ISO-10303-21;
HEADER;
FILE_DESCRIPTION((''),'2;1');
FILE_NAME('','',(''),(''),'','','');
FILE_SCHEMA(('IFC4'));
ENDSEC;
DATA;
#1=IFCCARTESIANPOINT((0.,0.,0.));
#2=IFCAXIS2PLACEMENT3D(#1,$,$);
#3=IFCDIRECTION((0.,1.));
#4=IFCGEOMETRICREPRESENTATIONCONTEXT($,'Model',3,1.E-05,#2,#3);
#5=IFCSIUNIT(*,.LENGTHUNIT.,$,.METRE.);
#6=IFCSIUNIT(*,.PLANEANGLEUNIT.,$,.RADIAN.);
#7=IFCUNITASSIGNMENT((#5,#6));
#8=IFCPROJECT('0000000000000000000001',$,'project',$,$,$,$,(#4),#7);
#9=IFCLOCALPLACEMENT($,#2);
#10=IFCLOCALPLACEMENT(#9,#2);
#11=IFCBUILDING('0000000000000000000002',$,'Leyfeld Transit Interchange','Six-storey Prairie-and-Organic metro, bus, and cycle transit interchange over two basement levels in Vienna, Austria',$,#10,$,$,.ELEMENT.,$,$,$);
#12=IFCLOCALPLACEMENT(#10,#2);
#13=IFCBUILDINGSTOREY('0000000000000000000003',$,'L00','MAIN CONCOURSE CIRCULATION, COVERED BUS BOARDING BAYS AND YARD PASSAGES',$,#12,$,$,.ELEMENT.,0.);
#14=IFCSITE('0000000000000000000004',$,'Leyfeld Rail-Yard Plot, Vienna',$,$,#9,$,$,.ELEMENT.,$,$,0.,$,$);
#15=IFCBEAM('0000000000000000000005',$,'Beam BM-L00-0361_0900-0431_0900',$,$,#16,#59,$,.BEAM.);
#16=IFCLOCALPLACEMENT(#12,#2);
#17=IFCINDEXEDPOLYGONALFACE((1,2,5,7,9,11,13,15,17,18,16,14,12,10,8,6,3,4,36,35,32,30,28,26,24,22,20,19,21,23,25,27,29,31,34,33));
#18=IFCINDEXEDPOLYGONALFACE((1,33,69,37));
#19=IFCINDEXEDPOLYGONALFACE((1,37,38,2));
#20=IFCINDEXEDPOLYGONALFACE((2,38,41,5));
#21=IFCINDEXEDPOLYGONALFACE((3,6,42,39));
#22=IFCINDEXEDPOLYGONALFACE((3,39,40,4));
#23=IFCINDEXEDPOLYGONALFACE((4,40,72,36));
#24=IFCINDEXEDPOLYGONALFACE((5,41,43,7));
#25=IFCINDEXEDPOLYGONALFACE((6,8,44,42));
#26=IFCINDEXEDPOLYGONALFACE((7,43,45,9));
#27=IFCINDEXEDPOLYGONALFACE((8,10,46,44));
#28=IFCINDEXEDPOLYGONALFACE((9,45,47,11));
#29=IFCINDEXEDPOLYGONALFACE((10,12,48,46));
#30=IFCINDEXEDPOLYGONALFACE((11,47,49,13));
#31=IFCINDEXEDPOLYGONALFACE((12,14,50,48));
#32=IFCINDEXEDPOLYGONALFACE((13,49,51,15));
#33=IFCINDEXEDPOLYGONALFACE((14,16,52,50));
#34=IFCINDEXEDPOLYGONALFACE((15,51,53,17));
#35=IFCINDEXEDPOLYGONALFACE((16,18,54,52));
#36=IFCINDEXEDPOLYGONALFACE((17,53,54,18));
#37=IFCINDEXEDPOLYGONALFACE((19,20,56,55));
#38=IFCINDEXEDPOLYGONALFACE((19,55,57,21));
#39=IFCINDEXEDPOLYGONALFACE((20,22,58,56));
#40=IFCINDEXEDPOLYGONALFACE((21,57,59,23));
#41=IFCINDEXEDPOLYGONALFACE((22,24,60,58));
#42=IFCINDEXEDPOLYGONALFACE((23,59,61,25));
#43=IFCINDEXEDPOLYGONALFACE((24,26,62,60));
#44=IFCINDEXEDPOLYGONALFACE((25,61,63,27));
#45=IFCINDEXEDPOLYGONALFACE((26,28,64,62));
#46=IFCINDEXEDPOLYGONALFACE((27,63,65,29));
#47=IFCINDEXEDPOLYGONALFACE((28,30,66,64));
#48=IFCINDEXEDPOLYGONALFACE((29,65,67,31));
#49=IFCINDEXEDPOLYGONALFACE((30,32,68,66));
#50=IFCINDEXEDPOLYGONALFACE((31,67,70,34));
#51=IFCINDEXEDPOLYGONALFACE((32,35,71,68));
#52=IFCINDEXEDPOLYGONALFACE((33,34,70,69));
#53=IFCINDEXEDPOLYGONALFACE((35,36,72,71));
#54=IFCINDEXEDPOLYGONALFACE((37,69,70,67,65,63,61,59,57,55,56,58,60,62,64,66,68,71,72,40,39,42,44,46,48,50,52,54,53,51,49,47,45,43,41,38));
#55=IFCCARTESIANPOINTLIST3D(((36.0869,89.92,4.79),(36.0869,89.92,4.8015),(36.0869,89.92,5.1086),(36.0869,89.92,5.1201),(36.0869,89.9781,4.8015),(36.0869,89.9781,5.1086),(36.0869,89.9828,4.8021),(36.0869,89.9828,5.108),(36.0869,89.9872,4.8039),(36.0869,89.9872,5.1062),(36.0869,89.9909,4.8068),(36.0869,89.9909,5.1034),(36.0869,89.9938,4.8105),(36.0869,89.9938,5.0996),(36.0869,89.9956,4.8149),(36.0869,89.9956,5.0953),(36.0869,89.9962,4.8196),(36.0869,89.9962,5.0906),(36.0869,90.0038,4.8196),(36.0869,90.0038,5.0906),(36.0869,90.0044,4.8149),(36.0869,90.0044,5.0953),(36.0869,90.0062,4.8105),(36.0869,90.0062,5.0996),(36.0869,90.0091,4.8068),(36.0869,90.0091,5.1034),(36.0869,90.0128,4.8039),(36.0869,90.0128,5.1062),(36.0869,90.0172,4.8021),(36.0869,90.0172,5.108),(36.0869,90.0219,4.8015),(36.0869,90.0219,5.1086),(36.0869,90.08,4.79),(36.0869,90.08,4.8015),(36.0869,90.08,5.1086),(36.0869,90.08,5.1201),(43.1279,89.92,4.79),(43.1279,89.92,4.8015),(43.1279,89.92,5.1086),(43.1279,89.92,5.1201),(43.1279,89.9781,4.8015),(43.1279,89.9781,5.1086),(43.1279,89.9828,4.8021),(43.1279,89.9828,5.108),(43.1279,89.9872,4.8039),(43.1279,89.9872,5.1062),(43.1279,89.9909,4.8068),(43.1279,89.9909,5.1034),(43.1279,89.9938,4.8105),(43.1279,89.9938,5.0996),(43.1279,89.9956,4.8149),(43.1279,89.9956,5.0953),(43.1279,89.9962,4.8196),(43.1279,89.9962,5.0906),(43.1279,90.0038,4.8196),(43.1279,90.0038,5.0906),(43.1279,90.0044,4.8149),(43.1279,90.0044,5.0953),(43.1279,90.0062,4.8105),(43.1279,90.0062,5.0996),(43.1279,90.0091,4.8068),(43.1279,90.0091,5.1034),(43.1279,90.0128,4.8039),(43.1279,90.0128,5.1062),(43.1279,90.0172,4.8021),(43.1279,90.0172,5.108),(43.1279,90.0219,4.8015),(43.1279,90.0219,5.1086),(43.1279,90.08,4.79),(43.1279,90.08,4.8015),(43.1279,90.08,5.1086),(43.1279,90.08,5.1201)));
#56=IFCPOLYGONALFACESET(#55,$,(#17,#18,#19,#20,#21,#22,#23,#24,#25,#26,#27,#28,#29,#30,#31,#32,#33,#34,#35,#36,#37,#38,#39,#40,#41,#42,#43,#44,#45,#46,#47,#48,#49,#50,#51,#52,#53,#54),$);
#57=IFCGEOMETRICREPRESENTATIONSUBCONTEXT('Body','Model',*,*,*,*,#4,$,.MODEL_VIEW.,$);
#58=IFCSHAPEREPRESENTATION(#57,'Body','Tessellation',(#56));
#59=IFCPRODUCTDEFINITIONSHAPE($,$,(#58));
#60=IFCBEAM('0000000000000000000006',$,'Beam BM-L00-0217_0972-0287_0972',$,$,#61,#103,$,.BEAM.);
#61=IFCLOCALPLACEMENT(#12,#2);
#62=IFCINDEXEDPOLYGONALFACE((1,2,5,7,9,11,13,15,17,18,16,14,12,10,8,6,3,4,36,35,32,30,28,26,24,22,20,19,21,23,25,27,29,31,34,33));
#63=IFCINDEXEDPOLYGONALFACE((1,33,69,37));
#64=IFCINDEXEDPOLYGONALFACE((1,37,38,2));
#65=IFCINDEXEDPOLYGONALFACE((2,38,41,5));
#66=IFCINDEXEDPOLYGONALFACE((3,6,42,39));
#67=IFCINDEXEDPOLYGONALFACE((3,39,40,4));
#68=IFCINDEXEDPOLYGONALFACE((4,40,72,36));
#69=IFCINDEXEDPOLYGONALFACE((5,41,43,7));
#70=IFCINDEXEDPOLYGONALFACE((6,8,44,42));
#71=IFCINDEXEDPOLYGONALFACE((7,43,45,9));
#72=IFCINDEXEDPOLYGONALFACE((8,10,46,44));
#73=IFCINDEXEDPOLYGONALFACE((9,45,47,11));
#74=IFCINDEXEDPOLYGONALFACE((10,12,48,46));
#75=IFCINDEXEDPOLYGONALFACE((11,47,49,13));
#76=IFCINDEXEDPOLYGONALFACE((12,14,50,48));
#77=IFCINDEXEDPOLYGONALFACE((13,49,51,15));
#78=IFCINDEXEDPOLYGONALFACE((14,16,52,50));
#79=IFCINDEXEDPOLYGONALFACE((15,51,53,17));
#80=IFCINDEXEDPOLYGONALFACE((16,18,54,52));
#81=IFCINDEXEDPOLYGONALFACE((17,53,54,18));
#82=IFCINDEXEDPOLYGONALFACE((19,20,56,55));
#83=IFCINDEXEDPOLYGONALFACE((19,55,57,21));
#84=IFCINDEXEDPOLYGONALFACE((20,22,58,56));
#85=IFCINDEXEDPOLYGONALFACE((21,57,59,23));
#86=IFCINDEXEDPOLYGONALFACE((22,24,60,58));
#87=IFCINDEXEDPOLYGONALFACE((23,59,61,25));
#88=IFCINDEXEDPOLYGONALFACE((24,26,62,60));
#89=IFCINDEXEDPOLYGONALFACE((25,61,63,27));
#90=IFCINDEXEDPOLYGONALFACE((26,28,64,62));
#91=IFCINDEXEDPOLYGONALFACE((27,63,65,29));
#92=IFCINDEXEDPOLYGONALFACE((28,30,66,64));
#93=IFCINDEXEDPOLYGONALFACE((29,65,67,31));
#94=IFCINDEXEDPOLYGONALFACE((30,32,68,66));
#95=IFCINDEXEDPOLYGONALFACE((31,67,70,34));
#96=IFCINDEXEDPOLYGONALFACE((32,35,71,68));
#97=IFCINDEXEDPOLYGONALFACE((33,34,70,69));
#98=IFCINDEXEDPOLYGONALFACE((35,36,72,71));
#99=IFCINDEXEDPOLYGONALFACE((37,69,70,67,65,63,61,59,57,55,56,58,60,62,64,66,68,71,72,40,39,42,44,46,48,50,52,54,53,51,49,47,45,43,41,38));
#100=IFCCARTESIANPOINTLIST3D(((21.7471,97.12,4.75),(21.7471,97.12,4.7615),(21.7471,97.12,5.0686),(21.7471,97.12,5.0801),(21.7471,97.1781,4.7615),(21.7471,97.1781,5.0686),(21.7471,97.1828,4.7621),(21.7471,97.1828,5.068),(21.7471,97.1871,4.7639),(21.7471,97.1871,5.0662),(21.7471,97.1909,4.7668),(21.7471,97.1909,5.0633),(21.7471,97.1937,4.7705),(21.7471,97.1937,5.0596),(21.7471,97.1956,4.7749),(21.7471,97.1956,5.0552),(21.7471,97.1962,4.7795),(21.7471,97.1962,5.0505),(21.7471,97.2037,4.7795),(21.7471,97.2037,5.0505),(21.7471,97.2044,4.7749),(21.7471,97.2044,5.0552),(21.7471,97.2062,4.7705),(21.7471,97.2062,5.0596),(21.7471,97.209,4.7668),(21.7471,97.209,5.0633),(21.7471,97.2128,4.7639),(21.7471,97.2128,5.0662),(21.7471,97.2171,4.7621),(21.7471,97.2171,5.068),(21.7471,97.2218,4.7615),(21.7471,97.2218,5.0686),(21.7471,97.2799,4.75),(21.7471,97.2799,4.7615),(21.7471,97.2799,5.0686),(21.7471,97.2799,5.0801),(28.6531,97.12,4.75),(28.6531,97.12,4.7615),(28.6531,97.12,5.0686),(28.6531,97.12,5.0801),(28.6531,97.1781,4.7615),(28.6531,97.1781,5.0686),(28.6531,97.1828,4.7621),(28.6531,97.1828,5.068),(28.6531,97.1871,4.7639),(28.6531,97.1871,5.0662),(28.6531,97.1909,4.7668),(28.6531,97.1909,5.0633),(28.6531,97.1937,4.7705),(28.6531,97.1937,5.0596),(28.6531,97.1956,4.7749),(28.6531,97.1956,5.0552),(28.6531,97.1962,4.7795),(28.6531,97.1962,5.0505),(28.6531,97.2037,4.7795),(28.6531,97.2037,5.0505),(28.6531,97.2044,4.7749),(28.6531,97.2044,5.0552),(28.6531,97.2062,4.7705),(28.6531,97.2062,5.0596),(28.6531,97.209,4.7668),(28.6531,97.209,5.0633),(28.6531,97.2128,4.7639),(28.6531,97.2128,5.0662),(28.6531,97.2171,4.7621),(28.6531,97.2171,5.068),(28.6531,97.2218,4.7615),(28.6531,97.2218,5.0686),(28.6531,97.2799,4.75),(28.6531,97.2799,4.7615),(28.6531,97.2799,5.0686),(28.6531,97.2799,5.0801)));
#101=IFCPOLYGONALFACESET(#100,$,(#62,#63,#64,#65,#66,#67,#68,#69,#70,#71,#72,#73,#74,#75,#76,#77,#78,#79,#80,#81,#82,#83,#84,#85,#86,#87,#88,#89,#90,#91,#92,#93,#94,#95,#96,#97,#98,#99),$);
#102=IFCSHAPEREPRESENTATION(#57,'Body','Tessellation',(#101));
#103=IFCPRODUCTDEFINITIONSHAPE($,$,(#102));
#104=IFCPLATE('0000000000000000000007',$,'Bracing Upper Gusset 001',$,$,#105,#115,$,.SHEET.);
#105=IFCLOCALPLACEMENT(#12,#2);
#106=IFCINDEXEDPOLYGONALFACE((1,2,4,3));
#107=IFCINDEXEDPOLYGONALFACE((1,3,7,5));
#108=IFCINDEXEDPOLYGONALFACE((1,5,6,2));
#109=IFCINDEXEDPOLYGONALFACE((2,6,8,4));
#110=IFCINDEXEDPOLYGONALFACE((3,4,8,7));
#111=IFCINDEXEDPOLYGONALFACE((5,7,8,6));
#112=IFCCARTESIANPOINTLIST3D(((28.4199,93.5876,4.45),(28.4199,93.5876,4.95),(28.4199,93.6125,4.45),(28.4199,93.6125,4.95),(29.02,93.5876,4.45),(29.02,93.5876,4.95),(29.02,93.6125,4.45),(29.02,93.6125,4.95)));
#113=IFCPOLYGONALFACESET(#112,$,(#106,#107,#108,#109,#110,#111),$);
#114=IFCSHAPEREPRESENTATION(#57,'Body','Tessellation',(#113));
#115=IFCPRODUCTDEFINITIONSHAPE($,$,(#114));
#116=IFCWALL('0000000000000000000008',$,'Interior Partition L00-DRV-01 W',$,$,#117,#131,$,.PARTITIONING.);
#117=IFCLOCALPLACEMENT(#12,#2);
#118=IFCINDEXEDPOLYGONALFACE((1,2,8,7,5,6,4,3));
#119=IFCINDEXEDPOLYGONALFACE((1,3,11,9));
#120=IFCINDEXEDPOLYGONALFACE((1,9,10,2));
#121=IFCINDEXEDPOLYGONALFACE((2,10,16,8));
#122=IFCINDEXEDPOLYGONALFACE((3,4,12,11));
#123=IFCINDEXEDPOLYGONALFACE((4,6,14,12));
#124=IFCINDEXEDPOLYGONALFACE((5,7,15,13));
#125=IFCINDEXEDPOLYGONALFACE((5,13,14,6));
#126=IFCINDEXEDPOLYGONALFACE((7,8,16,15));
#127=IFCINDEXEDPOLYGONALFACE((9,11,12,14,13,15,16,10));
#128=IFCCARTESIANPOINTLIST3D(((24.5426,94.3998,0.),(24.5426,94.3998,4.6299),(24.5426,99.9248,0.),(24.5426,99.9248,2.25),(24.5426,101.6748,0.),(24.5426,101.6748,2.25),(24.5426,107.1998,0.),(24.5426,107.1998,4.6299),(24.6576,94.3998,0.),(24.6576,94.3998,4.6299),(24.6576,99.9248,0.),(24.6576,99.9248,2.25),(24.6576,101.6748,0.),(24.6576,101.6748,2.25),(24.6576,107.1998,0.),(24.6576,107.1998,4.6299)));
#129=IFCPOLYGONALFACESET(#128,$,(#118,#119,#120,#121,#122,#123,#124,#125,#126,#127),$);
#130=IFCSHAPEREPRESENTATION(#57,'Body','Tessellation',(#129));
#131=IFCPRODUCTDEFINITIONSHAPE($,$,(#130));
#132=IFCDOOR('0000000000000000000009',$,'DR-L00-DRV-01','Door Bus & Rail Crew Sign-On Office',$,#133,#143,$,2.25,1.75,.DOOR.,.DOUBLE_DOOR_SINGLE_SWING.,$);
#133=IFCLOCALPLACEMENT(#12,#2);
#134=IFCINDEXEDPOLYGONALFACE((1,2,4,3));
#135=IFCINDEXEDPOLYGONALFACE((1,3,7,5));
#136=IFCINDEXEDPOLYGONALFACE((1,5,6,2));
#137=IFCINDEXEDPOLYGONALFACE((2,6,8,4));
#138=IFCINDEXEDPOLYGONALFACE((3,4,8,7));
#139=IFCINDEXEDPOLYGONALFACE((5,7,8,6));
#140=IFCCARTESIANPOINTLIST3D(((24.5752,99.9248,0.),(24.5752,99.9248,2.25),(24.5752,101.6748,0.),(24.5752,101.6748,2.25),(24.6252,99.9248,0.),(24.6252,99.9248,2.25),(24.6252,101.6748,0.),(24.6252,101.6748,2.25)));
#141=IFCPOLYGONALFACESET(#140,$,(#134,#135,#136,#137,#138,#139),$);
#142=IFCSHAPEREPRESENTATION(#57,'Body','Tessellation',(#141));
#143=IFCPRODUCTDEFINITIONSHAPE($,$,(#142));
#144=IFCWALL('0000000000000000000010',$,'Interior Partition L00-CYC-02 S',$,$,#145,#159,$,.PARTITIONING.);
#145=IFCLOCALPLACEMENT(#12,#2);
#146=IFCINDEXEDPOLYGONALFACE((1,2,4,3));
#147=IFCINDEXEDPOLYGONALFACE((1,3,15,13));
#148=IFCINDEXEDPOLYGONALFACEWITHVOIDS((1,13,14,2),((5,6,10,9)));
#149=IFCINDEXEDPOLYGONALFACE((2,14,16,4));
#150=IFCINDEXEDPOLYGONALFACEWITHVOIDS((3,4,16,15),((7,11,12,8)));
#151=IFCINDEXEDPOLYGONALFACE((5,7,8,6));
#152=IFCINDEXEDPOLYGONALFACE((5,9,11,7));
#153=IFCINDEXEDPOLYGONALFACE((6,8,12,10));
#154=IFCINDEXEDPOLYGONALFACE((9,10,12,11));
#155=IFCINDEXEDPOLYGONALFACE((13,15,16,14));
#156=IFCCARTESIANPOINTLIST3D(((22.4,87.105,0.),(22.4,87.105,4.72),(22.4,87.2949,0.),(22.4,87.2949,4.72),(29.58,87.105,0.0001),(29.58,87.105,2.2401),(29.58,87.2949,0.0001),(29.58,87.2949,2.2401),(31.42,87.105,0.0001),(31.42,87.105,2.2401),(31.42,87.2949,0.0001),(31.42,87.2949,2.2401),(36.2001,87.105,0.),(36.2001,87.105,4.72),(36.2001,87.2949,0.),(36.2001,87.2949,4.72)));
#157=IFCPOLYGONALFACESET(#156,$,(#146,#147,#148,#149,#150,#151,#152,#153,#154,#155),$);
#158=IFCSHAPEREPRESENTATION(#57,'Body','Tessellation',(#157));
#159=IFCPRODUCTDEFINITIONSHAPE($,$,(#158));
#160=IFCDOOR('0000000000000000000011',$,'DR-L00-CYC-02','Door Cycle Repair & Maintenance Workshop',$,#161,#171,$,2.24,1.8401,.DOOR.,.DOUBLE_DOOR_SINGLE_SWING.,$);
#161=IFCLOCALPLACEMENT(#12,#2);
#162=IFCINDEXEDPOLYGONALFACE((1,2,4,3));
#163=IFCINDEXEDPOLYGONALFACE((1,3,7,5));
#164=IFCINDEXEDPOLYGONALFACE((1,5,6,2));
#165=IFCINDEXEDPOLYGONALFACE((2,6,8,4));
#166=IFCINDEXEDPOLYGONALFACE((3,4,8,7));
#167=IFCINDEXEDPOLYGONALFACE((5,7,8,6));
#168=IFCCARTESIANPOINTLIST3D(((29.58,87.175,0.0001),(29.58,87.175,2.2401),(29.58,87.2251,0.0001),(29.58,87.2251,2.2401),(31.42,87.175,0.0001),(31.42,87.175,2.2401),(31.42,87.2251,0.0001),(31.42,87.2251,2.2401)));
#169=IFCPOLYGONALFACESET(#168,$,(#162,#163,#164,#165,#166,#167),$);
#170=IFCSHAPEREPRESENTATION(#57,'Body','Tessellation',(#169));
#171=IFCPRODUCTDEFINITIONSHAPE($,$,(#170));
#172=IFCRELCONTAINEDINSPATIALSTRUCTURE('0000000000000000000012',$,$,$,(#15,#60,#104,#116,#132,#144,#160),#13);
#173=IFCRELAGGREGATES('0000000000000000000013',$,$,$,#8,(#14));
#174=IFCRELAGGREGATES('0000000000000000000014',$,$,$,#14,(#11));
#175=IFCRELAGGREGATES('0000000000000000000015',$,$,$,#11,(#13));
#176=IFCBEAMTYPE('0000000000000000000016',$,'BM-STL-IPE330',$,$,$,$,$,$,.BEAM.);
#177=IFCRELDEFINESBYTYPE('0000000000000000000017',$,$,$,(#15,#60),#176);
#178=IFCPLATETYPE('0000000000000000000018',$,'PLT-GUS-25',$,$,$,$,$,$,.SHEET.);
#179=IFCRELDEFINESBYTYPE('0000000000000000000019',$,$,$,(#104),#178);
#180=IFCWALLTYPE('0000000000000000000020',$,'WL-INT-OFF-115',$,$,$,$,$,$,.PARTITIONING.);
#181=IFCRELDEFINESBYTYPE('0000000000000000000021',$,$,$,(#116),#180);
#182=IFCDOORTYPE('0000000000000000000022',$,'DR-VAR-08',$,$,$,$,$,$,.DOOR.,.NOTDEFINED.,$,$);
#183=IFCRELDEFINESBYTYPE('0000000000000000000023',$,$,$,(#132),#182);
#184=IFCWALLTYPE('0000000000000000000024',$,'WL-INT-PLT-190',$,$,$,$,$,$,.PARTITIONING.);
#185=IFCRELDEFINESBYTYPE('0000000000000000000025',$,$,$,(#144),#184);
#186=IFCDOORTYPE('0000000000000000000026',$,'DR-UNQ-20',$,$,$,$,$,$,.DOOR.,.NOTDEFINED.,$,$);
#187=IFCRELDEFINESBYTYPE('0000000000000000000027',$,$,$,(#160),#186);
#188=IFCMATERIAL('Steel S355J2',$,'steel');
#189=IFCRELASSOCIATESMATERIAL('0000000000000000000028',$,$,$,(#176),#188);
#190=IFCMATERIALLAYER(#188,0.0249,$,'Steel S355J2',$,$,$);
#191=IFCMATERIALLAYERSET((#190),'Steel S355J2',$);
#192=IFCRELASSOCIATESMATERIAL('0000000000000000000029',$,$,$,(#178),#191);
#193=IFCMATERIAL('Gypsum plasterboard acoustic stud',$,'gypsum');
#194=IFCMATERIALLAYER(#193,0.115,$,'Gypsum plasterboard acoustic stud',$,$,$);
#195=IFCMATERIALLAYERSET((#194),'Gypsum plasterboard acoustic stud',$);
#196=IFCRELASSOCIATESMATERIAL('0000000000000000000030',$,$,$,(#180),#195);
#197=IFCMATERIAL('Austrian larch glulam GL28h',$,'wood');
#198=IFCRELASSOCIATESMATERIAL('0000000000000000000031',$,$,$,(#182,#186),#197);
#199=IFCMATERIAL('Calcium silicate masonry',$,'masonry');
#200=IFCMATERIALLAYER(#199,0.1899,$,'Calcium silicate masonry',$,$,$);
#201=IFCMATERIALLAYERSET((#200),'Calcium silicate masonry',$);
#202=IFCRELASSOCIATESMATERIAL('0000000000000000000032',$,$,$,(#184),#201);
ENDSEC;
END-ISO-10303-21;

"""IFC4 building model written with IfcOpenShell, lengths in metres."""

from ifc_helpers import new_model, si_unit, direction, frame, frame_2d, origin, origin_2d, place, context, subcontext, project, spatial, rectangle, i_section, extrude, material, layer, layer_set, material_profile, profile_set, type_object, element, fill, save


model = new_model("IFC4")

# Units and contexts
model_context = context("Model", 3, precision=1e-05, world=origin(), true_north=direction((0.0, 1.0)))
body_context = subcontext(model_context, "Body", "Model", "MODEL_VIEW")
ifc_project = project(units=[si_unit("LENGTHUNIT", "METRE"), si_unit("PLANEANGLEUNIT", "RADIAN")], contexts=[model_context])

# Site, building, storey
site_placement = place(None, origin())
site = spatial("IfcSite", under=ifc_project, at=site_placement, Name="Leyfeld Rail-Yard Plot, Vienna", CompositionType="ELEMENT", RefElevation=0.0)
building_placement = place(site_placement, origin())
building = spatial("IfcBuilding", under=site, at=building_placement, Name="Leyfeld Transit Interchange", Description="Six-storey Prairie-and-Organic metro, bus, and cycle transit interchange over two basement levels in Vienna, Austria", CompositionType="ELEMENT")
storey_placement = place(building_placement, origin())
storey = spatial("IfcBuildingStorey", under=building, at=storey_placement, Name="L00", Description="MAIN CONCOURSE CIRCULATION, COVERED BUS BOARDING BAYS AND YARD PASSAGES", CompositionType="ELEMENT", Elevation=0.0)

# Beams
ifc_material_1 = material(Name="Steel S355J2", Category="steel")
ifc_material_profile_1 = material_profile(ifc_material_1, i_section(OverallWidth=0.1599, OverallDepth=0.3301, WebThickness=0.0076, FlangeThickness=0.0115, FilletRadius=0.0181, at=origin_2d()), Name="IPE 330")
ifc_profile_set_1 = profile_set([ifc_material_profile_1], Name="Steel S355J2")
beam_type_1 = type_object("IfcBeamType", Name="BM-STL-IPE330", PredefinedType="BEAM", material=ifc_profile_set_1)
beam_1_placement = place(storey_placement, frame((36.0869, 90.0, 4.9551), z_axis=(1.0, 0.0, 0.0), x_axis=(0.0, 1.0, 0.0)))
element("IfcBeam", 1, at=beam_1_placement, inside=storey, type_object=beam_type_1, Name="Beam BM-L00-0361_0900-0431_0900", PredefinedType="BEAM", context=body_context, shape_type="SweptSolid", body=[
    extrude(i_section(OverallWidth=0.1599, OverallDepth=0.3301, WebThickness=0.0076, FlangeThickness=0.0115, FilletRadius=0.0181, at=origin_2d()), origin(), (0.0, 0.0, 1.0), 7.041),
])
beam_2_placement = place(storey_placement, frame((21.7471, 97.2, 4.915), z_axis=(1.0, 0.0, 0.0), x_axis=(0.0, 1.0, 0.0)))
element("IfcBeam", 2, at=beam_2_placement, inside=storey, type_object=beam_type_1, Name="Beam BM-L00-0217_0972-0287_0972", PredefinedType="BEAM", context=body_context, shape_type="SweptSolid", body=[
    extrude(i_section(OverallWidth=0.1599, OverallDepth=0.3301, WebThickness=0.0076, FlangeThickness=0.0115, FilletRadius=0.0181, at=origin_2d()), origin(), (0.0, 0.0, 1.0), 6.906),
])

# Plate
ifc_layer_1 = layer(ifc_material_1, 0.0249, Name="Steel S355J2")
ifc_layer_set_1 = layer_set([ifc_layer_1], Name="Steel S355J2")
plate_type = type_object("IfcPlateType", Name="PLT-GUS-25", PredefinedType="SHEET", material=ifc_layer_set_1)
plate_placement = place(storey_placement, frame((28.72, 93.6001, 4.45), z_axis=(0.0, 0.0, 1.0), x_axis=(1.0, 0.0, 0.0)))
element("IfcPlate", 3, at=plate_placement, inside=storey, type_object=plate_type, Name="Bracing Upper Gusset 001", PredefinedType="SHEET", context=body_context, shape_type="SweptSolid", body=[
    extrude(rectangle(XDim=0.6001, YDim=0.0249, at=origin_2d()), origin(), (0.0, 0.0, 1.0), 0.5),
])

# Walls, openings, doors
ifc_material_2 = material(Name="Gypsum plasterboard acoustic stud", Category="gypsum")
ifc_layer_2 = layer(ifc_material_2, 0.115, Name="Gypsum plasterboard acoustic stud")
ifc_layer_set_2 = layer_set([ifc_layer_2], Name="Gypsum plasterboard acoustic stud")
wall_type_1 = type_object("IfcWallType", Name="WL-INT-OFF-115", PredefinedType="PARTITIONING", material=ifc_layer_set_2)
wall_1_placement = place(storey_placement, frame((24.6001, 94.3999, 0.0), z_axis=(0.0, 0.0, 1.0), x_axis=(0.0, 1.0, 0.0)))
wall_1 = element("IfcWall", 4, at=wall_1_placement, inside=storey, type_object=wall_type_1, Name="Interior Partition L00-DRV-01 W", PredefinedType="PARTITIONING", context=body_context, shape_type="SweptSolid", body=[
    extrude(rectangle(XDim=12.8, YDim=0.115, at=frame_2d((6.3999, 0.0))), origin(), (0.0, 0.0, 1.0), 4.6299),
])
opening_1_placement = place(wall_1_placement, frame((5.5249, 0.0, 0.0)))
opening_1 = element("IfcOpeningElement", 5, at=opening_1_placement, cuts=wall_1, PredefinedType="OPENING", context=body_context, shape_type="SweptSolid", body=[
    extrude(rectangle(XDim=1.75, YDim=2.25, at=frame_2d((0.875, 1.125))), frame((0.0, 0.0674, 0.0), z_axis=(0.0, -1.0, 0.0), x_axis=(1.0, 0.0, 0.0)), (0.0, 0.0, 1.0), 0.135),
])
ifc_material_3 = material(Name="Austrian larch glulam GL28h", Category="wood")
door_type_1 = type_object("IfcDoorType", Name="DR-VAR-08", OperationType="NOTDEFINED", PredefinedType="DOOR", material=ifc_material_3)
door_1_placement = place(opening_1_placement, origin())
door_1 = element("IfcDoor", 6, at=door_1_placement, inside=storey, type_object=door_type_1, Name="DR-L00-DRV-01", Description="Door Bus & Rail Crew Sign-On Office", OperationType="DOUBLE_DOOR_SINGLE_SWING", OverallHeight=2.25, OverallWidth=1.75, PredefinedType="DOOR", context=body_context, shape_type="SweptSolid", body=[
    extrude(rectangle(XDim=1.75, YDim=2.25, at=frame_2d((0.875, 1.125))), frame((0.0, 0.0249, 0.0), z_axis=(0.0, -1.0, 0.0), x_axis=(1.0, 0.0, 0.0)), (0.0, 0.0, 1.0), 0.05),
])
fill(opening_1, door_1)
ifc_material_4 = material(Name="Calcium silicate masonry", Category="masonry")
ifc_layer_3 = layer(ifc_material_4, 0.1899, Name="Calcium silicate masonry")
ifc_layer_set_3 = layer_set([ifc_layer_3], Name="Calcium silicate masonry")
wall_type_2 = type_object("IfcWallType", Name="WL-INT-PLT-190", PredefinedType="PARTITIONING", material=ifc_layer_set_3)
wall_2_placement = place(storey_placement, frame((36.2, 87.2, 0.0), z_axis=(0.0, 0.0, 1.0), x_axis=(-1.0, 0.0, 0.0)))
wall_2 = element("IfcWall", 7, at=wall_2_placement, inside=storey, type_object=wall_type_2, Name="Interior Partition L00-CYC-02 S", PredefinedType="PARTITIONING", context=body_context, shape_type="SweptSolid", body=[
    extrude(rectangle(XDim=13.8, YDim=0.1899, at=frame_2d((6.8999, 0.0))), origin(), (0.0, 0.0, 1.0), 4.72),
])
opening_2_placement = place(wall_2_placement, frame((4.78, 0.0, 0.0)))
opening_2 = element("IfcOpeningElement", 8, at=opening_2_placement, cuts=wall_2, PredefinedType="OPENING", context=body_context, shape_type="SweptSolid", body=[
    extrude(rectangle(XDim=1.8401, YDim=2.24, at=frame_2d((0.9199, 1.1201))), frame((0.0, 0.105, 0.0), z_axis=(0.0, -1.0, 0.0), x_axis=(1.0, 0.0, 0.0)), (0.0, 0.0, 1.0), 0.21),
])
door_type_2 = type_object("IfcDoorType", Name="DR-UNQ-20", OperationType="NOTDEFINED", PredefinedType="DOOR", material=ifc_material_3)
door_2_placement = place(opening_2_placement, origin())
door_2 = element("IfcDoor", 9, at=door_2_placement, inside=storey, type_object=door_type_2, Name="DR-L00-CYC-02", Description="Door Cycle Repair & Maintenance Workshop", OperationType="DOUBLE_DOOR_SINGLE_SWING", OverallHeight=2.24, OverallWidth=1.8401, PredefinedType="DOOR", context=body_context, shape_type="SweptSolid", body=[
    extrude(rectangle(XDim=1.8401, YDim=2.24, at=frame_2d((0.9199, 1.1201))), frame((0.0, 0.0249, 0.0), z_axis=(0.0, -1.0, 0.0), x_axis=(1.0, 0.0, 0.0)), (0.0, 0.0, 1.0), 0.05),
])
fill(opening_2, door_2)

save(model, "model.ifc")
